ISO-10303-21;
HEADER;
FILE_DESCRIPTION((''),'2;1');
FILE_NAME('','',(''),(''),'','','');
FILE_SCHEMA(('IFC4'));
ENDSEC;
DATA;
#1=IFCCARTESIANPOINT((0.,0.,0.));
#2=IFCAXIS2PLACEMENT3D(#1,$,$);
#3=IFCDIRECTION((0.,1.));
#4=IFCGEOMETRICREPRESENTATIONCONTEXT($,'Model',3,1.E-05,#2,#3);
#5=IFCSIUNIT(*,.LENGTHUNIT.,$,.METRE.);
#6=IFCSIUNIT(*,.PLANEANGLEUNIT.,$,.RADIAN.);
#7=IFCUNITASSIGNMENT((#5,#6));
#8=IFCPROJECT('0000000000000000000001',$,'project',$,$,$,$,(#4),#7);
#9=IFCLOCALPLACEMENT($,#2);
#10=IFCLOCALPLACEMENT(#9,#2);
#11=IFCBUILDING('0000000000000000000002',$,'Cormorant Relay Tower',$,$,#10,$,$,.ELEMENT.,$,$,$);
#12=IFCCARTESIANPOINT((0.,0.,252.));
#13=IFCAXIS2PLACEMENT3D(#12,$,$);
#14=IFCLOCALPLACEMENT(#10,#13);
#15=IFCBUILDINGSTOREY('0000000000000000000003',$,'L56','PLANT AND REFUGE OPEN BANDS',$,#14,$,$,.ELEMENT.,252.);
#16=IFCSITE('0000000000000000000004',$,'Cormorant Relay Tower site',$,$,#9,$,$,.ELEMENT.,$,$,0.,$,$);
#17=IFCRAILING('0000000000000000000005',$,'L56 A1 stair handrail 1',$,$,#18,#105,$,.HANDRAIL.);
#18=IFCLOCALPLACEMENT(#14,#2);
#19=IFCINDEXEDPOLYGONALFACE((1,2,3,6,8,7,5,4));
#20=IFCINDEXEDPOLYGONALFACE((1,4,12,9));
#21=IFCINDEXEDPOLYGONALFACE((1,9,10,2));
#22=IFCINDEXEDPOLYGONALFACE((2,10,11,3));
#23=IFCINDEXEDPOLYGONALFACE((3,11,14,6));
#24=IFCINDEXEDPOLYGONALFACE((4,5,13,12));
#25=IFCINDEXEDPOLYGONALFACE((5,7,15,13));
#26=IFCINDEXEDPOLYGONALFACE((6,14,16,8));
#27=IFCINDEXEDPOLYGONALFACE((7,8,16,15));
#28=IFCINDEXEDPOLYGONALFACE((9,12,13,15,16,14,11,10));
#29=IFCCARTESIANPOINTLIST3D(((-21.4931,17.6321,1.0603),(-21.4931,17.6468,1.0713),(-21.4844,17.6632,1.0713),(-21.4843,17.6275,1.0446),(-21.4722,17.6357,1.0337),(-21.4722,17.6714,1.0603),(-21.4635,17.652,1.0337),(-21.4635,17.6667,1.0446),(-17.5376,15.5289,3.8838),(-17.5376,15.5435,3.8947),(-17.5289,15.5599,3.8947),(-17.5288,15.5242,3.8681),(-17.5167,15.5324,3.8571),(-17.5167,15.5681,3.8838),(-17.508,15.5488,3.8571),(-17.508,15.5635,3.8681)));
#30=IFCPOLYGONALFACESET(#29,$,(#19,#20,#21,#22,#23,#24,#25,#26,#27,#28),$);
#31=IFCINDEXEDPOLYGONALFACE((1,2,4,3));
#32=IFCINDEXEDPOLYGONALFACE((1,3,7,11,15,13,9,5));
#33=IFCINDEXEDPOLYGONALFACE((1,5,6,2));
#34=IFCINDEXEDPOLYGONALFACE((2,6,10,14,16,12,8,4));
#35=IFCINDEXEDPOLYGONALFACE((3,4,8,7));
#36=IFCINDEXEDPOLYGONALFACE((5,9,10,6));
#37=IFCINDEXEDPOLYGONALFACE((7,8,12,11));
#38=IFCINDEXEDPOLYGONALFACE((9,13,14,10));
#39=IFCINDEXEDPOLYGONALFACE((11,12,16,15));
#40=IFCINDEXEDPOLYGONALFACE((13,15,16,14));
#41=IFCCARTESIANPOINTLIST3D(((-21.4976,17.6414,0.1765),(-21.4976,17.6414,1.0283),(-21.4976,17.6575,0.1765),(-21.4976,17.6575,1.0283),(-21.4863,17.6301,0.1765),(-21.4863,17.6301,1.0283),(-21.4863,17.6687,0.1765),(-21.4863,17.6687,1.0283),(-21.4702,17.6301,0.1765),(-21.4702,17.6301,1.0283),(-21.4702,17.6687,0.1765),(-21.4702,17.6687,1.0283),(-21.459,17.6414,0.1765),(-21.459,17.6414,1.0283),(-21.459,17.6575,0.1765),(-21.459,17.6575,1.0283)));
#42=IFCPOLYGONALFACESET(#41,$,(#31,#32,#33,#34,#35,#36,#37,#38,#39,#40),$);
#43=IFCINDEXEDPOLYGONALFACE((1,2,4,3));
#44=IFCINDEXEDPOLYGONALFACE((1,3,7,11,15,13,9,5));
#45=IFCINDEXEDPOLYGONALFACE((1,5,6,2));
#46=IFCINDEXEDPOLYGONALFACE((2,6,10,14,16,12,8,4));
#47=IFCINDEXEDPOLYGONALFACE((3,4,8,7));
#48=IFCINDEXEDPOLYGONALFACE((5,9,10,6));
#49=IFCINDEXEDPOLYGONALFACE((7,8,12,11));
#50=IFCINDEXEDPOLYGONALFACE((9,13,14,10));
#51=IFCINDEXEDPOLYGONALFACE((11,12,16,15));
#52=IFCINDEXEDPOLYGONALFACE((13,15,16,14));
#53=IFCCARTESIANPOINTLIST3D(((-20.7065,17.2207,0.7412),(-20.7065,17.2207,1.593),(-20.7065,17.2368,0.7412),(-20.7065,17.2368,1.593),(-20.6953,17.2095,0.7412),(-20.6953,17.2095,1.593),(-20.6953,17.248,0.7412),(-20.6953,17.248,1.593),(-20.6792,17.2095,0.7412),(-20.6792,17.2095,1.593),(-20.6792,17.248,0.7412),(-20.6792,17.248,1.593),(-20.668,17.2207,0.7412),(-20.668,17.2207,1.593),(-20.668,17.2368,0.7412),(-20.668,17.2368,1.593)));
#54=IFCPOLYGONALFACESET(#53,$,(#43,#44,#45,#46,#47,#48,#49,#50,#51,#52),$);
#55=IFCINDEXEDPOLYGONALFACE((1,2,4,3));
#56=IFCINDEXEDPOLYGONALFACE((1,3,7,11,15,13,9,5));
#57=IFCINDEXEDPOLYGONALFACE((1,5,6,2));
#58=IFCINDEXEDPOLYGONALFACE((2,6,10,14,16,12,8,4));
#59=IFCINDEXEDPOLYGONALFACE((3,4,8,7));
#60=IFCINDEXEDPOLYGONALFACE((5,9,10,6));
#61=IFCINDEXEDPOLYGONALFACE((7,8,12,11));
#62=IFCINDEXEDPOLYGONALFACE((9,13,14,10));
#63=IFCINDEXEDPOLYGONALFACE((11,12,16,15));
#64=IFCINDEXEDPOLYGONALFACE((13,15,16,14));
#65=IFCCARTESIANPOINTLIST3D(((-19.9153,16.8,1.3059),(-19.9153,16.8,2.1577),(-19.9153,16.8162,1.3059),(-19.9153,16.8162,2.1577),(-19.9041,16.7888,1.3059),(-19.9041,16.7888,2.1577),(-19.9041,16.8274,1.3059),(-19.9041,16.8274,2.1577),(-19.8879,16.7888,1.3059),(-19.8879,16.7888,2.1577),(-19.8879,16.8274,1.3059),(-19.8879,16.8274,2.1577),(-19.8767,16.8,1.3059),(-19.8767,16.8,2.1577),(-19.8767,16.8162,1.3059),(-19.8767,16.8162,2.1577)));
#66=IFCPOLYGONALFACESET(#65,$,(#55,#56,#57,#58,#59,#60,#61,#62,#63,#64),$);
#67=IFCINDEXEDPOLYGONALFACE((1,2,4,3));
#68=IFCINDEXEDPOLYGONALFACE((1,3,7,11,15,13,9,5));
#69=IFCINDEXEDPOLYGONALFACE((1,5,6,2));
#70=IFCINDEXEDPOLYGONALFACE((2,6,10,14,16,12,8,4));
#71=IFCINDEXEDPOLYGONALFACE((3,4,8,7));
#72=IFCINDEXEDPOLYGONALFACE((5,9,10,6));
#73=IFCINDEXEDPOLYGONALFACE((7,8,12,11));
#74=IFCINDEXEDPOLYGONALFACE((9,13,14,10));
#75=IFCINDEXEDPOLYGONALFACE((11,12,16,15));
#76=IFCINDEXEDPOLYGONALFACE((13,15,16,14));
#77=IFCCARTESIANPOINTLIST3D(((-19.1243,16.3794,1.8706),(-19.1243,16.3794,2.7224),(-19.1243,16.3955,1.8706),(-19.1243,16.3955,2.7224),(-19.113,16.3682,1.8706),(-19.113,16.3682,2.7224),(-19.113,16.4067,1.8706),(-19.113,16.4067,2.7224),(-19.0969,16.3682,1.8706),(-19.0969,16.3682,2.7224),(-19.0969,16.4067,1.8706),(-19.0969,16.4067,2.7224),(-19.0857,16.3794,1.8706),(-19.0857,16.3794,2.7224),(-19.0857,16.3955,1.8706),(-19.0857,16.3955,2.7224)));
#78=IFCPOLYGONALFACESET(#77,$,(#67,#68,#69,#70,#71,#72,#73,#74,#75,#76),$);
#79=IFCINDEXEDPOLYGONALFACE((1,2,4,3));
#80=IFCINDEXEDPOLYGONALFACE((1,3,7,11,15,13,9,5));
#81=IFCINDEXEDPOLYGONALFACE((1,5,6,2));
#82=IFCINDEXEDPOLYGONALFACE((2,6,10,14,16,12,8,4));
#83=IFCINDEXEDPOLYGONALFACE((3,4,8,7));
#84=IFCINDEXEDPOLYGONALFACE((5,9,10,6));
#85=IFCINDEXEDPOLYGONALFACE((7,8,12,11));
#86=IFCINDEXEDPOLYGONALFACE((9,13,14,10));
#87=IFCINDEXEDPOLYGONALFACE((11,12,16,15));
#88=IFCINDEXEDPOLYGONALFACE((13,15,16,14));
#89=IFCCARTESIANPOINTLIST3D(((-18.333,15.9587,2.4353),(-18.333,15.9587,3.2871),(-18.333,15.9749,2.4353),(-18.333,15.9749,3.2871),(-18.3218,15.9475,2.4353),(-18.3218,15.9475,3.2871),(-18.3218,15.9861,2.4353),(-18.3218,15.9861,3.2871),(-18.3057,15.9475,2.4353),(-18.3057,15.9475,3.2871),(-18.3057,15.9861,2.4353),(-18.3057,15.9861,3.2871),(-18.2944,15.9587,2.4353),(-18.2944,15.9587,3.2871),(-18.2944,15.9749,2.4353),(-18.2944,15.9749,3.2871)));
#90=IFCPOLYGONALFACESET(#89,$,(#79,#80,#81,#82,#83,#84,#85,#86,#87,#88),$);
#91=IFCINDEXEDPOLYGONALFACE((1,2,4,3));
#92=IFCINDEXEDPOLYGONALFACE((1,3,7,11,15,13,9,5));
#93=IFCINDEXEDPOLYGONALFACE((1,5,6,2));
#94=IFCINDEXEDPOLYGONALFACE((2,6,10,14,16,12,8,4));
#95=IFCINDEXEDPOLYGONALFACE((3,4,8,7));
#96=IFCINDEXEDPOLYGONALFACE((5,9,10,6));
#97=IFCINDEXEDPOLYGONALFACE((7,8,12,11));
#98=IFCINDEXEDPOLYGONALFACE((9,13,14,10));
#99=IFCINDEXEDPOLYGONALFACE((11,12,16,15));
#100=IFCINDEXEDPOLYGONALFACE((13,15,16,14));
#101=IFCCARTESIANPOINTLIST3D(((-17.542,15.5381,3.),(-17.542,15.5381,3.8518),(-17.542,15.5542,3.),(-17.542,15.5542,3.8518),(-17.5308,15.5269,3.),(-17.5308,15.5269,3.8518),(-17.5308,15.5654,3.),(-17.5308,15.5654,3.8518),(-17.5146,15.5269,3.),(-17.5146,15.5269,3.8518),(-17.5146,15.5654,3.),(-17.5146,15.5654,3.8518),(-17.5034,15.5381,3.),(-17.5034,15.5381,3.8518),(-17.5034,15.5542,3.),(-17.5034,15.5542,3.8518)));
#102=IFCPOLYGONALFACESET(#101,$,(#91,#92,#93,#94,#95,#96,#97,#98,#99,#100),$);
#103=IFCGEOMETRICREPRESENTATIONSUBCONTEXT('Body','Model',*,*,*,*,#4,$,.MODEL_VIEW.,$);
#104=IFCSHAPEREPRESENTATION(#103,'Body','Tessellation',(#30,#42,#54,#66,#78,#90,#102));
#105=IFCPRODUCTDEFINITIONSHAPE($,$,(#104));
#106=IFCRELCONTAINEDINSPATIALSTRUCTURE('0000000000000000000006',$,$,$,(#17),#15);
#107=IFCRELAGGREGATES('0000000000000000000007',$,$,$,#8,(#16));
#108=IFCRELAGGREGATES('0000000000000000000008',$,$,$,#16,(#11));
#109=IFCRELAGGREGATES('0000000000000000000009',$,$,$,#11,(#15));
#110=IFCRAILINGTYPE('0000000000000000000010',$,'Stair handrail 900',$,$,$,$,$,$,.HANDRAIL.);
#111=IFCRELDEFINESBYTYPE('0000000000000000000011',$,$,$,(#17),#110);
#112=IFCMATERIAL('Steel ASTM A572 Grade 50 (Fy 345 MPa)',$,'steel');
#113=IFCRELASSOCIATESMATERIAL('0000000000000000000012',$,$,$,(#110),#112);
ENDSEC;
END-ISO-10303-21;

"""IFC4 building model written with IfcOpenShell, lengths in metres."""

from ifc_helpers import new_model, si_unit, direction, frame, origin, place, context, subcontext, project, spatial, polyline, outline, extrude, material, type_object, element, save


model = new_model("IFC4")

# Units and contexts
model_context = context("Model", 3, precision=1e-05, world=origin(), true_north=direction((0.0, 1.0)))
body_context = subcontext(model_context, "Body", "Model", "MODEL_VIEW")
ifc_project = project(units=[si_unit("LENGTHUNIT", "METRE"), si_unit("PLANEANGLEUNIT", "RADIAN")], contexts=[model_context])

# Site, building, storey
site_placement = place(None, origin())
site = spatial("IfcSite", under=ifc_project, at=site_placement, Name="Cormorant Relay Tower site", CompositionType="ELEMENT", RefElevation=0.0)
building_placement = place(site_placement, origin())
building = spatial("IfcBuilding", under=site, at=building_placement, Name="Cormorant Relay Tower", CompositionType="ELEMENT")
storey_placement = place(building_placement, frame((0.0, 0.0, 252.0)))
storey = spatial("IfcBuildingStorey", under=building, at=storey_placement, Name="L56", Description="PLANT AND REFUGE OPEN BANDS", CompositionType="ELEMENT", Elevation=252.0)

# Railing
ifc_material_1 = material(Name="Steel ASTM A572 Grade 50 (Fy 345 MPa)", Category="steel")
railing_type = type_object("IfcRailingType", Name="Stair handrail 900", PredefinedType="HANDRAIL", material=ifc_material_1)
railing_placement = place(storey_placement, frame((-21.4783, 17.6494, 0.1765)))
element("IfcRailing", 1, at=railing_placement, inside=storey, type_object=railing_type, Name="L56 A1 stair handrail 1", PredefinedType="HANDRAIL", context=body_context, shape_type="SweptSolid", body=[
    extrude(outline(polyline([(0.0222, 0.0093), (0.0093, 0.0222), (-0.0093, 0.0222), (-0.0222, 0.0093), (-0.0222, -0.0093), (-0.0093, -0.0222), (0.0093, -0.0222), (0.0222, -0.0093), (0.0222, 0.0093)])), frame((0.0, 0.0, 0.876), z_axis=(0.746967, -0.397181, 0.533186), x_axis=(0.469482, 0.882942, 0.0)), (0.0, 0.0, 1.0), 5.2954),
    extrude(outline(polyline([(0.0193, 0.0081), (0.0081, 0.0193), (-0.0081, 0.0193), (-0.0193, 0.0081), (-0.0193, -0.0081), (-0.0081, -0.0193), (0.0081, -0.0193), (0.0193, -0.0081), (0.0193, 0.0081)])), origin(), (0.0, 0.0, 1.0), 0.8518),
    extrude(outline(polyline([(0.0193, 0.0081), (0.0081, 0.0193), (-0.0081, 0.0193), (-0.0193, 0.0081), (-0.0193, -0.0081), (-0.0081, -0.0193), (0.0081, -0.0193), (0.0193, -0.0081), (0.0193, 0.0081)])), frame((0.791, -0.4207, 0.5647)), (0.0, 0.0, 1.0), 0.8518),
    extrude(outline(polyline([(0.0193, 0.0081), (0.0081, 0.0193), (-0.0081, 0.0193), (-0.0193, 0.0081), (-0.0193, -0.0081), (-0.0081, -0.0193), (0.0081, -0.0193), (0.0193, -0.0081), (0.0193, 0.0081)])), frame((1.5823, -0.8413, 1.1294)), (0.0, 0.0, 1.0), 0.8518),
    extrude(outline(polyline([(0.0193, 0.0081), (0.0081, 0.0193), (-0.0081, 0.0193), (-0.0193, 0.0081), (-0.0193, -0.0081), (-0.0081, -0.0193), (0.0081, -0.0193), (0.0193, -0.0081), (0.0193, 0.0081)])), frame((2.3733, -1.262, 1.6941)), (0.0, 0.0, 1.0), 0.8518),
    extrude(outline(polyline([(0.0193, 0.0081), (0.0081, 0.0193), (-0.0081, 0.0193), (-0.0193, 0.0081), (-0.0193, -0.0081), (-0.0081, -0.0193), (0.0081, -0.0193), (0.0193, -0.0081), (0.0193, 0.0081)])), frame((3.1646, -1.6826, 2.2588)), (0.0, 0.0, 1.0), 0.8518),
    extrude(outline(polyline([(0.0193, 0.0081), (0.0081, 0.0193), (-0.0081, 0.0193), (-0.0193, 0.0081), (-0.0193, -0.0081), (-0.0081, -0.0193), (0.0081, -0.0193), (0.0193, -0.0081), (0.0193, 0.0081)])), frame((3.9556, -2.1033, 2.8235)), (0.0, 0.0, 1.0), 0.8518),
])

save(model, "model.ifc")
